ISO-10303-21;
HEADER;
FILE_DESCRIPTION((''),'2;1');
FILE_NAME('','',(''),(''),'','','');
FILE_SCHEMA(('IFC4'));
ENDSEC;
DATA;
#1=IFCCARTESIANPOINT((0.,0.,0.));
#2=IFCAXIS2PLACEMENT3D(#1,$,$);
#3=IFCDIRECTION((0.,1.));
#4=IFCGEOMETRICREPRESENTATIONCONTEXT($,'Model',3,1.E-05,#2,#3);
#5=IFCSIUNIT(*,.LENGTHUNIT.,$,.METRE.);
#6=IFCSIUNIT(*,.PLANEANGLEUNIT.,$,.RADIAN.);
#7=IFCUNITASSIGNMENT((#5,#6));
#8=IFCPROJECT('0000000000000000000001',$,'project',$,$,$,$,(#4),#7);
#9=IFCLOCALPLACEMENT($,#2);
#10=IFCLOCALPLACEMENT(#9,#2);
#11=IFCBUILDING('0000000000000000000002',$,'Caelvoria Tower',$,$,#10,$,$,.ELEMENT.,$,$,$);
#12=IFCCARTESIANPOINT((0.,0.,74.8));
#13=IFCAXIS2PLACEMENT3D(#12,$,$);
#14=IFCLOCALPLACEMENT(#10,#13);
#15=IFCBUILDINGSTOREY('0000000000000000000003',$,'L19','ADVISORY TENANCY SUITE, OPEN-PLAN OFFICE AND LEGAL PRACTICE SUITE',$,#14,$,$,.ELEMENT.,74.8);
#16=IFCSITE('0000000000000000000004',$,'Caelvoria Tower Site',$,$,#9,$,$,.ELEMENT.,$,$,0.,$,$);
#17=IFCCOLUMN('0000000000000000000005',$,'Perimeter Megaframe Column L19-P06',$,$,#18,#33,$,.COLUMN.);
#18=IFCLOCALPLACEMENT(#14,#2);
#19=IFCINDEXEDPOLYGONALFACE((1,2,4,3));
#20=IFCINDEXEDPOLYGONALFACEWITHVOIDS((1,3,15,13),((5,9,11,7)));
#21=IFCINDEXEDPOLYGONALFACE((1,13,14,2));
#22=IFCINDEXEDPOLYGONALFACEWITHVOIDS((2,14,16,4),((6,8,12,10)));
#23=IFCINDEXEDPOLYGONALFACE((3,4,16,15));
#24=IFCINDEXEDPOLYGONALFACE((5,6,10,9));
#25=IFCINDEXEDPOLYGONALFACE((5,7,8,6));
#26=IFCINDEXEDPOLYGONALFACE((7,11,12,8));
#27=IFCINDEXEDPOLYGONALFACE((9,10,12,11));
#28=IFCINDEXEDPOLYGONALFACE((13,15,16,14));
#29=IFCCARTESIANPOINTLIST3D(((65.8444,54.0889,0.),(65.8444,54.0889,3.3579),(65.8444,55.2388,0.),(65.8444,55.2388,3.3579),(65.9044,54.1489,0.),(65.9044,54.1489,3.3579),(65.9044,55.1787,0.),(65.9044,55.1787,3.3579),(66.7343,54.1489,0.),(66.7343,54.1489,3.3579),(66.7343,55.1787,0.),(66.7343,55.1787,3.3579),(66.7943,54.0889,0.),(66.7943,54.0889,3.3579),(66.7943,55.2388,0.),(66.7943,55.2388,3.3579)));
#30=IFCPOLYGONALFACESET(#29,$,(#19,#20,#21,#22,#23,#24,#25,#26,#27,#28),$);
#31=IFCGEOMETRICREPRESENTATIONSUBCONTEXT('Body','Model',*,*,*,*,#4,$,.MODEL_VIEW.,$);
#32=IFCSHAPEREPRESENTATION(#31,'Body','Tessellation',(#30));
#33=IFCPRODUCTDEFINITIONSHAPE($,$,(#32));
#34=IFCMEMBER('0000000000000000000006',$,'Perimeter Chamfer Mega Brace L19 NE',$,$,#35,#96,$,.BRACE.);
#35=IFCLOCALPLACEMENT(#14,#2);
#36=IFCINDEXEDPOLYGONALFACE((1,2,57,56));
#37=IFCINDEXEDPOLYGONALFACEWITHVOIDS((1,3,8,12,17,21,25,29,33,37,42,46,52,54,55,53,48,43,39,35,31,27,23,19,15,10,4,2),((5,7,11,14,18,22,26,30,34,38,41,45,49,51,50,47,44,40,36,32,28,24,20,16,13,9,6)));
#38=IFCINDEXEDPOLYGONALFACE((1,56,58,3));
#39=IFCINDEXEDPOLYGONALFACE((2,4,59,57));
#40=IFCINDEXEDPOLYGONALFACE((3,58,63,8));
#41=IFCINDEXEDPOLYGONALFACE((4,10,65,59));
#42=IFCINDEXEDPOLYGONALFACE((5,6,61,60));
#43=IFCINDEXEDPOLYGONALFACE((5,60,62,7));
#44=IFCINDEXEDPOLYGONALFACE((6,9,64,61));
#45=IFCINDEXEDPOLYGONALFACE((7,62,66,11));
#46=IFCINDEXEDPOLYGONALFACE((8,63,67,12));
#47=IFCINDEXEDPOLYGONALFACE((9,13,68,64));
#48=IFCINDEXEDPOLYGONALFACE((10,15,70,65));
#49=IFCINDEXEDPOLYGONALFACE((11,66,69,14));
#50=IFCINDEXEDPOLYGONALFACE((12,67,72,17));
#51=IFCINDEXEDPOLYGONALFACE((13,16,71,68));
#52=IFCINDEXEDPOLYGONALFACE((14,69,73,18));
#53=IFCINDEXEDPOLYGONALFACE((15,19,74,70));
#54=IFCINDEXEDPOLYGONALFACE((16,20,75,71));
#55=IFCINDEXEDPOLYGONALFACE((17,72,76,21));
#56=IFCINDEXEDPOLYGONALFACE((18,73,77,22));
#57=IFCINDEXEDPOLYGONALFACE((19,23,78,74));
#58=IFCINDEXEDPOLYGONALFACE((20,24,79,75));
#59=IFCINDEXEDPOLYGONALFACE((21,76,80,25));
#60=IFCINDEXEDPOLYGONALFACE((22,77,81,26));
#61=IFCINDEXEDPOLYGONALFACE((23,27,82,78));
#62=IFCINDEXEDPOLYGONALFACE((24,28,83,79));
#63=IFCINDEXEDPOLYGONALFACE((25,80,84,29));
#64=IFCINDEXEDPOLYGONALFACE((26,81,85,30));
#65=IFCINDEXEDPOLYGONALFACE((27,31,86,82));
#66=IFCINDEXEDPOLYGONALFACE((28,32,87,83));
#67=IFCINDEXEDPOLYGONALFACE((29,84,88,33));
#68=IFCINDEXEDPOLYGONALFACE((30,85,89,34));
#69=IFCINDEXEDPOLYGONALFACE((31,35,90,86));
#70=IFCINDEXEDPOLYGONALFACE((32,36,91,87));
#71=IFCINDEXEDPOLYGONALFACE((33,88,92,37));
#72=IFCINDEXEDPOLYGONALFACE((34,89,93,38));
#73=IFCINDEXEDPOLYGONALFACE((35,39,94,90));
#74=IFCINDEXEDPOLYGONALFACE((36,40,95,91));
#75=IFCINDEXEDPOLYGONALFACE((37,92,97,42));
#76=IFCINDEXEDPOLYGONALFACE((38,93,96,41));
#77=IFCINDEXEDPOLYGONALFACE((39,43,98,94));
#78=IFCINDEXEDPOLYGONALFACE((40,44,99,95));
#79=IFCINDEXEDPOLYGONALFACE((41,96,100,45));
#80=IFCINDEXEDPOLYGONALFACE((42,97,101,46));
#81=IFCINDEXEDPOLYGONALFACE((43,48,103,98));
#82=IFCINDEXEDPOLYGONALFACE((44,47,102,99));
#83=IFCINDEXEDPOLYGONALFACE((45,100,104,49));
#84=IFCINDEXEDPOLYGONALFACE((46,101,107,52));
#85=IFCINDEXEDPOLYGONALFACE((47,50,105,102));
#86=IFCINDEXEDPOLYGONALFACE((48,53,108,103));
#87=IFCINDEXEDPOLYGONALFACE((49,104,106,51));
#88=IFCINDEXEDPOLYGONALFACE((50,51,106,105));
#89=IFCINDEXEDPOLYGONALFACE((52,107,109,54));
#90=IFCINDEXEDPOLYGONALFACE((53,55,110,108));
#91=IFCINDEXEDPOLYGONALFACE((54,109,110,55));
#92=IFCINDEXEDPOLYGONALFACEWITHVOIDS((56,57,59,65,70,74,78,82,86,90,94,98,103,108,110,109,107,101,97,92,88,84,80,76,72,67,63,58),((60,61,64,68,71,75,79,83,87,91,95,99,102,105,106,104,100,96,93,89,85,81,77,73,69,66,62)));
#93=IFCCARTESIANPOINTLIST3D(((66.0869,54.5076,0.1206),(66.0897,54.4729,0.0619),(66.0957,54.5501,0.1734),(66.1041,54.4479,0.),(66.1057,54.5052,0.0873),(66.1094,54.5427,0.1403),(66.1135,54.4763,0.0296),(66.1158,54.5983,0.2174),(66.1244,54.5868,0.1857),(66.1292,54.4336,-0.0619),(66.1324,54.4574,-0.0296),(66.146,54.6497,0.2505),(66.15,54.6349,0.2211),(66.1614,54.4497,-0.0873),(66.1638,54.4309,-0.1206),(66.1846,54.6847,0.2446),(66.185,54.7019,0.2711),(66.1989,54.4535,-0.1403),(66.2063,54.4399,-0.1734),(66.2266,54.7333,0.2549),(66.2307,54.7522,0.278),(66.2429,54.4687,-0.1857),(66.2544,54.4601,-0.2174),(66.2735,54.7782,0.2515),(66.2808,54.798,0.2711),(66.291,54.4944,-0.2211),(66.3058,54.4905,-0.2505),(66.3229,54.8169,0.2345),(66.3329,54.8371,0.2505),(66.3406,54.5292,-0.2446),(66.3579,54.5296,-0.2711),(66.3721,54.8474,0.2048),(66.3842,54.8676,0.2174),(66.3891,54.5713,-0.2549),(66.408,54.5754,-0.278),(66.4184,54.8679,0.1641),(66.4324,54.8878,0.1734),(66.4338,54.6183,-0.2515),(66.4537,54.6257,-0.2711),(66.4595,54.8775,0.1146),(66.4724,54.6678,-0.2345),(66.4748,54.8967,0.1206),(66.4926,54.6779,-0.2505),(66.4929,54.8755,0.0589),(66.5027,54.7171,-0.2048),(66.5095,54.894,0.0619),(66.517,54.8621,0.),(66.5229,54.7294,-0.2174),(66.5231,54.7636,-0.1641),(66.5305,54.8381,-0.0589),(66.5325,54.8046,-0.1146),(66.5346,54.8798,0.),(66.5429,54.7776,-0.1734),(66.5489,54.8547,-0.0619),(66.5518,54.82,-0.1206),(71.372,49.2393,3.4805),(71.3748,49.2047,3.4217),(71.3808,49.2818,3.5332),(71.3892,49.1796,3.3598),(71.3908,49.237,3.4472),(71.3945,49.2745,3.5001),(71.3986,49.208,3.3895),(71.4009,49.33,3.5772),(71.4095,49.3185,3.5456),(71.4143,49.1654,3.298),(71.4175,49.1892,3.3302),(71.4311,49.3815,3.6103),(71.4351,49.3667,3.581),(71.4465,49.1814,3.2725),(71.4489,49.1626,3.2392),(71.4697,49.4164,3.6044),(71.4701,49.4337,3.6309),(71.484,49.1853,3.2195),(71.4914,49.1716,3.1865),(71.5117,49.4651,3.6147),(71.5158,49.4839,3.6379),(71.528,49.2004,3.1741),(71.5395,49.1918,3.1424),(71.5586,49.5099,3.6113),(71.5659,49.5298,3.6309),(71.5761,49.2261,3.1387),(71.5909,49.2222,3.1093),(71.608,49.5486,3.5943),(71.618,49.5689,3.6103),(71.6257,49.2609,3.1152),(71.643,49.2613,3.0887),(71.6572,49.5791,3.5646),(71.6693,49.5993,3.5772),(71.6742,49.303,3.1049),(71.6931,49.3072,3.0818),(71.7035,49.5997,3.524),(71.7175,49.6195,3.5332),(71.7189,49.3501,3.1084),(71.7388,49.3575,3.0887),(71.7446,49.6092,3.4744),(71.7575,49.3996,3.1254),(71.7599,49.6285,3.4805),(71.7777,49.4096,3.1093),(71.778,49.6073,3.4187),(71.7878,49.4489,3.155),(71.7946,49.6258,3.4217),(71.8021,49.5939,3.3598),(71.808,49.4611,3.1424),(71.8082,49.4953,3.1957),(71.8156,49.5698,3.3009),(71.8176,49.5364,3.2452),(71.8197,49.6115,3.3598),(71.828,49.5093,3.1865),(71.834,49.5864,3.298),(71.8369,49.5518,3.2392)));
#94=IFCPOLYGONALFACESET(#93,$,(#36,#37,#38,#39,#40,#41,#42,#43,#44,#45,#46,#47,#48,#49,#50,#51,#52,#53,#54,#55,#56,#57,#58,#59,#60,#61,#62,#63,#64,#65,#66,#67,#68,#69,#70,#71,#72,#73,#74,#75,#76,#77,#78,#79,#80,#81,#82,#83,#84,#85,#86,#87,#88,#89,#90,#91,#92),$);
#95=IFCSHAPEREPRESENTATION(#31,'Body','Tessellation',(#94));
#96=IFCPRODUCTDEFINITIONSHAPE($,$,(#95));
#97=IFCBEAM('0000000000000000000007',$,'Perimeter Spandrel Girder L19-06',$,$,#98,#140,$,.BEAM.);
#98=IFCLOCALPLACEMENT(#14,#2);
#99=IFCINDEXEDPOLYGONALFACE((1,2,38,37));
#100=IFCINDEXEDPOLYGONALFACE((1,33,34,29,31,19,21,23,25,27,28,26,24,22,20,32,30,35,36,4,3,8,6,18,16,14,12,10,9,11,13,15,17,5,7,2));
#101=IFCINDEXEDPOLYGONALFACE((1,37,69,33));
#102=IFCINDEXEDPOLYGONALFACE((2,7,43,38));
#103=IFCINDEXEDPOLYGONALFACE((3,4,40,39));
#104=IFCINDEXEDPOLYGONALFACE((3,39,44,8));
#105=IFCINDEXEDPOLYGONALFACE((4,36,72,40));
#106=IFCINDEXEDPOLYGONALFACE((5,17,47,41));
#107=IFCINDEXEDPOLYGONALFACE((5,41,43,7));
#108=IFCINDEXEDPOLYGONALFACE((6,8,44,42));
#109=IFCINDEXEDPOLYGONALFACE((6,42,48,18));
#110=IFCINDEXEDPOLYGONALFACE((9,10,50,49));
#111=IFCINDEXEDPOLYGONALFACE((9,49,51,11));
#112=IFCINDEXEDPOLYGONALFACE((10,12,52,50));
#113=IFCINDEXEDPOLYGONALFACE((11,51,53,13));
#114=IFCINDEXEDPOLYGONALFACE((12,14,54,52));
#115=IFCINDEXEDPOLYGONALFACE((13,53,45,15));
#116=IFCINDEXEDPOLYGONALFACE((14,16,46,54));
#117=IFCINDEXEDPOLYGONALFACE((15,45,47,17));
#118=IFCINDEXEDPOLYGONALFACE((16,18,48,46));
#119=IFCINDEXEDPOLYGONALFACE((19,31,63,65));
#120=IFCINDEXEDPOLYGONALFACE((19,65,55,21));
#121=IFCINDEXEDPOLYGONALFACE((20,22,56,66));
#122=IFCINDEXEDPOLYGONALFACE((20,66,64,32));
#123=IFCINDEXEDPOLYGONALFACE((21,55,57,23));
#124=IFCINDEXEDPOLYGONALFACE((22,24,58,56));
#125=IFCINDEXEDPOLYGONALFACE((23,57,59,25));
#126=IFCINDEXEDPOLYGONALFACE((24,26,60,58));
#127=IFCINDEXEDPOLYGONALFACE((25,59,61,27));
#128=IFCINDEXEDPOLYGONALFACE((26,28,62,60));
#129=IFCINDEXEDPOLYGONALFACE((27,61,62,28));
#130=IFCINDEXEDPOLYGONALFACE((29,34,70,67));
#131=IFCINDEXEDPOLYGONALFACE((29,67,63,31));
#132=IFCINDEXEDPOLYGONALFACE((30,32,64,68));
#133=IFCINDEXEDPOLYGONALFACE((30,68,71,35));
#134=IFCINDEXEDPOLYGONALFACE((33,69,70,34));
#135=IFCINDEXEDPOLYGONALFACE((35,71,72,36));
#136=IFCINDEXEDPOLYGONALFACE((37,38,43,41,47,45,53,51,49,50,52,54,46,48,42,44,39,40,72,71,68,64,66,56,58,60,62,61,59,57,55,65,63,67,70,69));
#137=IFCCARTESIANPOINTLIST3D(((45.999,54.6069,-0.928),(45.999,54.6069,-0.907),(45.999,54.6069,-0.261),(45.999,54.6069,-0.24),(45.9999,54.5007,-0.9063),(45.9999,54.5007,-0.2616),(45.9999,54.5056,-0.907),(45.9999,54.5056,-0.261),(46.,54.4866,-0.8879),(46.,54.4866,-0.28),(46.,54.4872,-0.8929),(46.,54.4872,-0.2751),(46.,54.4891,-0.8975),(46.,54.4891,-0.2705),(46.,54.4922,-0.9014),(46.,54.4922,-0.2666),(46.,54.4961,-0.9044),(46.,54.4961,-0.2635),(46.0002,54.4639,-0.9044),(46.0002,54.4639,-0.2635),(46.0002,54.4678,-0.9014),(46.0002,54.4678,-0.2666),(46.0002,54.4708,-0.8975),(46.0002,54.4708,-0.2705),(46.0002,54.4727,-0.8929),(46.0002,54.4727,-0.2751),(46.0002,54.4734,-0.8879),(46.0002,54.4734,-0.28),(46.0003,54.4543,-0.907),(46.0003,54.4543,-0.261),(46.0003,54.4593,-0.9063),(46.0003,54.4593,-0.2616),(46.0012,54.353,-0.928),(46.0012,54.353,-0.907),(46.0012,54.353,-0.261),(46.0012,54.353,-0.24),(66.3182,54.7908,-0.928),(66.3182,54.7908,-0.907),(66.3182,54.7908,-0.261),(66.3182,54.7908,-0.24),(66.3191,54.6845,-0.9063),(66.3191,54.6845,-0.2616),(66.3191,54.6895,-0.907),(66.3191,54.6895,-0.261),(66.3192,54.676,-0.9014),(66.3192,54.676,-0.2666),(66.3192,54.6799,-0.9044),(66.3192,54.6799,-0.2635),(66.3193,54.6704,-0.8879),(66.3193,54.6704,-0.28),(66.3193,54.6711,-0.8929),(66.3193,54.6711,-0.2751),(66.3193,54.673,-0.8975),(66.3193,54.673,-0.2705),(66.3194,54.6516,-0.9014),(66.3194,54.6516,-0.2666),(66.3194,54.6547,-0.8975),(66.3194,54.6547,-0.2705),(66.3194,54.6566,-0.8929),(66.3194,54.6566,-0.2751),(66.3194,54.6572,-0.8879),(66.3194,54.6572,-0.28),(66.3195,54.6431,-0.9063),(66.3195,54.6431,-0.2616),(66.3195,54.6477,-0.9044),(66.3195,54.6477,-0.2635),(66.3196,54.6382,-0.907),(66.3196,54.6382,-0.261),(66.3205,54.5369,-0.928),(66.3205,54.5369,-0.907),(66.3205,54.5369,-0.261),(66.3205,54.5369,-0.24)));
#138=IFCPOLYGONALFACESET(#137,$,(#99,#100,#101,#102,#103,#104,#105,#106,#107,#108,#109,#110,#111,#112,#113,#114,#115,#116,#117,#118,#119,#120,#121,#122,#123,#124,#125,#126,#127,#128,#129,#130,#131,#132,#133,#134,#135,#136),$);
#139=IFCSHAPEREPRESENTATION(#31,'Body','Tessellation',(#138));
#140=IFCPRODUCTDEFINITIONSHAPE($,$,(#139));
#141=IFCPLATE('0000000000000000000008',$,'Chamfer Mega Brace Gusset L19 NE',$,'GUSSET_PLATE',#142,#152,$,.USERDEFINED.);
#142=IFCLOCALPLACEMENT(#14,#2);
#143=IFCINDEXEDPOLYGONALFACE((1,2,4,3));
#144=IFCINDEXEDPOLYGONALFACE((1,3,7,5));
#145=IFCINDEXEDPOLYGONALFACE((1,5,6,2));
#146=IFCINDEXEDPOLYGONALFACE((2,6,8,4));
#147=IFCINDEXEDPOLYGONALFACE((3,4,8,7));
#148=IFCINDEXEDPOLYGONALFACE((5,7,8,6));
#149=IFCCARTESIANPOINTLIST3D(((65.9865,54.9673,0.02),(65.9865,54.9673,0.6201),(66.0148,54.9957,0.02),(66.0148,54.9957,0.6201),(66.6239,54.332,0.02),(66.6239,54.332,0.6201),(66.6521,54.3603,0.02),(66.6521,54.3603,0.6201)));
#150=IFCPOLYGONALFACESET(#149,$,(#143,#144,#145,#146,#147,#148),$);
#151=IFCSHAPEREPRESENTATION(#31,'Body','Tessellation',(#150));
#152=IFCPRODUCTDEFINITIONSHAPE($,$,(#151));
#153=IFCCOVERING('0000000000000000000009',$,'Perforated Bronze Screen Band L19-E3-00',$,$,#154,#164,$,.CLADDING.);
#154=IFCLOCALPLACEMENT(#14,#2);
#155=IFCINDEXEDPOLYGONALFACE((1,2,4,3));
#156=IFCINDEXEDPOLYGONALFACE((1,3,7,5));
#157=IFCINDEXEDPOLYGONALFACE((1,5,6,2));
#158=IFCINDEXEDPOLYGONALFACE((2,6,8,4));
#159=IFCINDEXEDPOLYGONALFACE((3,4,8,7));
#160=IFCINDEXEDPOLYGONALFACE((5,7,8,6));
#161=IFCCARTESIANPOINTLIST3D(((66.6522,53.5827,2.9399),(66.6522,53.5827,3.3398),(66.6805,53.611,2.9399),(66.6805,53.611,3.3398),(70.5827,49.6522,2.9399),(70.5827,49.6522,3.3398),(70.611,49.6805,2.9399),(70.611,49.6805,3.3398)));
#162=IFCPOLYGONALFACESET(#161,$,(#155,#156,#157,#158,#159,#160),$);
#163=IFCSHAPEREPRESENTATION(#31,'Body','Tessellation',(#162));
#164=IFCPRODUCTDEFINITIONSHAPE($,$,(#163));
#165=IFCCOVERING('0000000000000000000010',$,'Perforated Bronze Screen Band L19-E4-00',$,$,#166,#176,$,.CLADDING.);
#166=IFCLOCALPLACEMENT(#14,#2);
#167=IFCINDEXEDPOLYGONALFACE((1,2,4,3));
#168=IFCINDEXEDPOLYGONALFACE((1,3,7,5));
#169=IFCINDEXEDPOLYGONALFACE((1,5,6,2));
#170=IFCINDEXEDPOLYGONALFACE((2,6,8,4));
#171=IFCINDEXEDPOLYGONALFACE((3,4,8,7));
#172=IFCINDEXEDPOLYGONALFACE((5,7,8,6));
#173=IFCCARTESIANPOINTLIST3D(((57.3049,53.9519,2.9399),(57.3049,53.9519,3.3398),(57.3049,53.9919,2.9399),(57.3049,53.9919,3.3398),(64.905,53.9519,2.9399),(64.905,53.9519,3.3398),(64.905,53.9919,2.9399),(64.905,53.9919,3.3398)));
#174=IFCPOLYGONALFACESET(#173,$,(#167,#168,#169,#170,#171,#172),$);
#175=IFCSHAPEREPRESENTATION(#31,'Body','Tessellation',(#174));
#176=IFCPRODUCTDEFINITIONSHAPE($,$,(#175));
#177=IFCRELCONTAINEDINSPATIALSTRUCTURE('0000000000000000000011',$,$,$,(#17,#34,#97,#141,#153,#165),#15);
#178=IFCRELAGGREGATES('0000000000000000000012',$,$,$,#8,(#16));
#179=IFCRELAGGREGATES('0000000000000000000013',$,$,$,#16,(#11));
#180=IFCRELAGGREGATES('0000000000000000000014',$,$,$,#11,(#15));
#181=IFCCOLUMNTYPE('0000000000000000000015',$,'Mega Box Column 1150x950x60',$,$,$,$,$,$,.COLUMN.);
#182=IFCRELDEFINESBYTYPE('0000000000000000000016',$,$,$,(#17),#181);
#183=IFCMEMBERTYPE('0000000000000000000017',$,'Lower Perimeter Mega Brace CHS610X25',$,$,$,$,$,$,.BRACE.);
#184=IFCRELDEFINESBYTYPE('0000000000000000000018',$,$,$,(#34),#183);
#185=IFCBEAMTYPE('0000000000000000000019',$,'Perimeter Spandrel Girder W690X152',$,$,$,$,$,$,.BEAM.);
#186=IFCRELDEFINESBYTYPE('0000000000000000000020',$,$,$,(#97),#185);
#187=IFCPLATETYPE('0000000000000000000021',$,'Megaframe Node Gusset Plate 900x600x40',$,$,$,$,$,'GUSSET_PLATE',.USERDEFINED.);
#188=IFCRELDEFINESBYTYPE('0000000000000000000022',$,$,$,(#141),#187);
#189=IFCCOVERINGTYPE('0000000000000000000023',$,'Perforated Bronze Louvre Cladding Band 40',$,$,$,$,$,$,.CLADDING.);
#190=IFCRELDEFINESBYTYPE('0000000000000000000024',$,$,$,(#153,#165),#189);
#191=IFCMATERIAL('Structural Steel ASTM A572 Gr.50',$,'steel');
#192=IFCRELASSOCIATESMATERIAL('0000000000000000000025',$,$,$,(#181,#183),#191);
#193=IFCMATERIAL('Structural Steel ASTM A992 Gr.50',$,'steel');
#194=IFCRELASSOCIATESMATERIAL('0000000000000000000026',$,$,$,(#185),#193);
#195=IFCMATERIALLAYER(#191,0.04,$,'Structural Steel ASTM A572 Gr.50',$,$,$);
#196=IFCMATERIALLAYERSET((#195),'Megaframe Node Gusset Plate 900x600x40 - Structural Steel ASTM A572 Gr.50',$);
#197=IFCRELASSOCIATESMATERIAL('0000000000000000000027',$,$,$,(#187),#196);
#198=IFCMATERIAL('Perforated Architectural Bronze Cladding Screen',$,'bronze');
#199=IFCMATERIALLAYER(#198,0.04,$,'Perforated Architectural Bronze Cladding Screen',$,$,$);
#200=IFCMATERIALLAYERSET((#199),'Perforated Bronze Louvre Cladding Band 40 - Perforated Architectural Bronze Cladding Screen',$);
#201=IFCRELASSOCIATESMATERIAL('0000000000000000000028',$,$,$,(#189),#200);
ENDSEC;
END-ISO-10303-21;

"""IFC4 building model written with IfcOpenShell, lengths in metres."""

from ifc_helpers import new_model, si_unit, direction, frame, origin, origin_2d, place, context, subcontext, project, spatial, rectangle, hollow_rectangle, hollow_circle, i_section, extrude, material, layer, layer_set, material_profile, profile_set, type_object, element, save


model = new_model("IFC4")

# Units and contexts
model_context = context("Model", 3, precision=1e-05, world=origin(), true_north=direction((0.0, 1.0)))
body_context = subcontext(model_context, "Body", "Model", "MODEL_VIEW")
ifc_project = project(units=[si_unit("LENGTHUNIT", "METRE"), si_unit("PLANEANGLEUNIT", "RADIAN")], contexts=[model_context])

# Site, building, storey
site_placement = place(None, origin())
site = spatial("IfcSite", under=ifc_project, at=site_placement, Name="Caelvoria Tower Site", CompositionType="ELEMENT", RefElevation=0.0)
building_placement = place(site_placement, origin())
building = spatial("IfcBuilding", under=site, at=building_placement, Name="Caelvoria Tower", CompositionType="ELEMENT")
storey_placement = place(building_placement, frame((0.0, 0.0, 74.8)))
storey = spatial("IfcBuildingStorey", under=building, at=storey_placement, Name="L19", Description="ADVISORY TENANCY SUITE, OPEN-PLAN OFFICE AND LEGAL PRACTICE SUITE", CompositionType="ELEMENT", Elevation=74.8)

# Column
ifc_material_1 = material(Name="Structural Steel ASTM A572 Gr.50", Category="steel")
ifc_material_profile_1 = material_profile(ifc_material_1, hollow_rectangle(XDim=0.95, YDim=1.1499, WallThickness=0.0601, at=origin_2d()), Name="Structural Steel ASTM A572 Gr.50")
ifc_profile_set_1 = profile_set([ifc_material_profile_1], Name="BOX1150X950X60 - Structural Steel ASTM A572 Gr.50")
column_type = type_object("IfcColumnType", Name="Mega Box Column 1150x950x60", PredefinedType="COLUMN", material=ifc_profile_set_1)
column_placement = place(storey_placement, frame((66.3193, 54.6638, 0.0), z_axis=(0.0, 0.0, 1.0), x_axis=(1.0, 0.0, 0.0)))
element("IfcColumn", 1, at=column_placement, inside=storey, type_object=column_type, Name="Perimeter Megaframe Column L19-P06", PredefinedType="COLUMN", context=body_context, shape_type="SweptSolid", body=[
    extrude(hollow_rectangle(XDim=0.95, YDim=1.1499, WallThickness=0.0601, at=origin_2d()), origin(), (0.0, 0.0, 1.0), 3.3579),
])

# Member
ifc_material_profile_2 = material_profile(ifc_material_1, hollow_circle(Radius=0.3049, WallThickness=0.0249, at=origin_2d()), Name="Structural Steel ASTM A572 Gr.50")
ifc_profile_set_2 = profile_set([ifc_material_profile_2], Name="CHS610X25 - Structural Steel ASTM A572 Gr.50")
member_type = type_object("IfcMemberType", Name="Lower Perimeter Mega Brace CHS610X25", PredefinedType="BRACE", material=ifc_profile_set_2)
member_placement = place(storey_placement, frame((66.3193, 54.6638, 0.0), z_axis=(0.645797, -0.643739, 0.410544), x_axis=(0.705977, 0.708235, 0.0)))
element("IfcMember", 2, at=member_placement, inside=storey, type_object=member_type, Name="Perimeter Chamfer Mega Brace L19 NE", PredefinedType="BRACE", context=body_context, shape_type="SweptSolid", body=[
    extrude(hollow_circle(Radius=0.3049, WallThickness=0.0249, at=origin_2d()), origin(), (0.0, 0.0, 1.0), 8.1838),
])

# Beam
ifc_material_2 = material(Name="Structural Steel ASTM A992 Gr.50", Category="steel")
ifc_material_profile_3 = material_profile(ifc_material_2, i_section(OverallWidth=0.2539, OverallDepth=0.688, WebThickness=0.0132, FlangeThickness=0.021, FilletRadius=0.019, at=origin_2d()), Name="Structural Steel ASTM A992 Gr.50")
ifc_profile_set_3 = profile_set([ifc_material_profile_3], Name="W690X152 - Structural Steel ASTM A992 Gr.50")
beam_type = type_object("IfcBeamType", Name="Perimeter Spandrel Girder W690X152", PredefinedType="BEAM", material=ifc_profile_set_3)
beam_placement = place(storey_placement, frame((66.3193, 54.6638, -0.584), z_axis=(-0.999959, -0.009047, 0.0), x_axis=(0.009047, -0.999959, 0.0)))
element("IfcBeam", 3, at=beam_placement, inside=storey, type_object=beam_type, Name="Perimeter Spandrel Girder L19-06", PredefinedType="BEAM", context=body_context, shape_type="SweptSolid", body=[
    extrude(i_section(OverallWidth=0.2539, OverallDepth=0.688, WebThickness=0.0132, FlangeThickness=0.021, FilletRadius=0.019, at=origin_2d()), origin(), (0.0, 0.0, 1.0), 20.3201),
])

# Plate
ifc_layer_1 = layer(ifc_material_1, 0.04, Name="Structural Steel ASTM A572 Gr.50")
ifc_layer_set_1 = layer_set([ifc_layer_1], Name="Megaframe Node Gusset Plate 900x600x40 - Structural Steel ASTM A572 Gr.50")
plate_type = type_object("IfcPlateType", Name="Megaframe Node Gusset Plate 900x600x40", ElementType="GUSSET_PLATE", PredefinedType="USERDEFINED", material=ifc_layer_set_1)
plate_placement = place(storey_placement, frame((66.3193, 54.6638, 0.02), z_axis=(0.0, 0.0, 1.0), x_axis=(0.708212, -0.706, 0.0)))
element("IfcPlate", 4, at=plate_placement, inside=storey, type_object=plate_type, Name="Chamfer Mega Brace Gusset L19 NE", ObjectType="GUSSET_PLATE", PredefinedType="USERDEFINED", context=body_context, shape_type="SweptSolid", body=[
    extrude(rectangle(XDim=0.8999, YDim=0.04, at=origin_2d()), origin(), (0.0, 0.0, 1.0), 0.6001),
])

# Coverings
ifc_material_3 = material(Name="Perforated Architectural Bronze Cladding Screen", Category="bronze")
ifc_layer_2 = layer(ifc_material_3, 0.04, Name="Perforated Architectural Bronze Cladding Screen")
ifc_layer_set_2 = layer_set([ifc_layer_2], Name="Perforated Bronze Louvre Cladding Band 40 - Perforated Architectural Bronze Cladding Screen")
covering_type = type_object("IfcCoveringType", Name="Perforated Bronze Louvre Cladding Band 40", PredefinedType="CLADDING", material=ifc_layer_set_2)
covering_1_placement = place(storey_placement, frame((68.6316, 51.6316, 2.9399), z_axis=(0.0, 0.0, 1.0), x_axis=(-0.707107, 0.707107, 0.0)))
element("IfcCovering", 5, at=covering_1_placement, inside=storey, type_object=covering_type, Name="Perforated Bronze Screen Band L19-E3-00", PredefinedType="CLADDING", context=body_context, shape_type="SweptSolid", body=[
    extrude(rectangle(XDim=5.5586, YDim=0.04, at=origin_2d()), origin(), (0.0, 0.0, 1.0), 0.3999),
])
covering_2_placement = place(storey_placement, frame((61.105, 53.9719, 2.9399), z_axis=(0.0, 0.0, 1.0), x_axis=(-1.0, 0.0, 0.0)))
element("IfcCovering", 6, at=covering_2_placement, inside=storey, type_object=covering_type, Name="Perforated Bronze Screen Band L19-E4-00", PredefinedType="CLADDING", context=body_context, shape_type="SweptSolid", body=[
    extrude(rectangle(XDim=7.6001, YDim=0.04, at=origin_2d()), origin(), (0.0, 0.0, 1.0), 0.3999),
])

save(model, "model.ifc")
